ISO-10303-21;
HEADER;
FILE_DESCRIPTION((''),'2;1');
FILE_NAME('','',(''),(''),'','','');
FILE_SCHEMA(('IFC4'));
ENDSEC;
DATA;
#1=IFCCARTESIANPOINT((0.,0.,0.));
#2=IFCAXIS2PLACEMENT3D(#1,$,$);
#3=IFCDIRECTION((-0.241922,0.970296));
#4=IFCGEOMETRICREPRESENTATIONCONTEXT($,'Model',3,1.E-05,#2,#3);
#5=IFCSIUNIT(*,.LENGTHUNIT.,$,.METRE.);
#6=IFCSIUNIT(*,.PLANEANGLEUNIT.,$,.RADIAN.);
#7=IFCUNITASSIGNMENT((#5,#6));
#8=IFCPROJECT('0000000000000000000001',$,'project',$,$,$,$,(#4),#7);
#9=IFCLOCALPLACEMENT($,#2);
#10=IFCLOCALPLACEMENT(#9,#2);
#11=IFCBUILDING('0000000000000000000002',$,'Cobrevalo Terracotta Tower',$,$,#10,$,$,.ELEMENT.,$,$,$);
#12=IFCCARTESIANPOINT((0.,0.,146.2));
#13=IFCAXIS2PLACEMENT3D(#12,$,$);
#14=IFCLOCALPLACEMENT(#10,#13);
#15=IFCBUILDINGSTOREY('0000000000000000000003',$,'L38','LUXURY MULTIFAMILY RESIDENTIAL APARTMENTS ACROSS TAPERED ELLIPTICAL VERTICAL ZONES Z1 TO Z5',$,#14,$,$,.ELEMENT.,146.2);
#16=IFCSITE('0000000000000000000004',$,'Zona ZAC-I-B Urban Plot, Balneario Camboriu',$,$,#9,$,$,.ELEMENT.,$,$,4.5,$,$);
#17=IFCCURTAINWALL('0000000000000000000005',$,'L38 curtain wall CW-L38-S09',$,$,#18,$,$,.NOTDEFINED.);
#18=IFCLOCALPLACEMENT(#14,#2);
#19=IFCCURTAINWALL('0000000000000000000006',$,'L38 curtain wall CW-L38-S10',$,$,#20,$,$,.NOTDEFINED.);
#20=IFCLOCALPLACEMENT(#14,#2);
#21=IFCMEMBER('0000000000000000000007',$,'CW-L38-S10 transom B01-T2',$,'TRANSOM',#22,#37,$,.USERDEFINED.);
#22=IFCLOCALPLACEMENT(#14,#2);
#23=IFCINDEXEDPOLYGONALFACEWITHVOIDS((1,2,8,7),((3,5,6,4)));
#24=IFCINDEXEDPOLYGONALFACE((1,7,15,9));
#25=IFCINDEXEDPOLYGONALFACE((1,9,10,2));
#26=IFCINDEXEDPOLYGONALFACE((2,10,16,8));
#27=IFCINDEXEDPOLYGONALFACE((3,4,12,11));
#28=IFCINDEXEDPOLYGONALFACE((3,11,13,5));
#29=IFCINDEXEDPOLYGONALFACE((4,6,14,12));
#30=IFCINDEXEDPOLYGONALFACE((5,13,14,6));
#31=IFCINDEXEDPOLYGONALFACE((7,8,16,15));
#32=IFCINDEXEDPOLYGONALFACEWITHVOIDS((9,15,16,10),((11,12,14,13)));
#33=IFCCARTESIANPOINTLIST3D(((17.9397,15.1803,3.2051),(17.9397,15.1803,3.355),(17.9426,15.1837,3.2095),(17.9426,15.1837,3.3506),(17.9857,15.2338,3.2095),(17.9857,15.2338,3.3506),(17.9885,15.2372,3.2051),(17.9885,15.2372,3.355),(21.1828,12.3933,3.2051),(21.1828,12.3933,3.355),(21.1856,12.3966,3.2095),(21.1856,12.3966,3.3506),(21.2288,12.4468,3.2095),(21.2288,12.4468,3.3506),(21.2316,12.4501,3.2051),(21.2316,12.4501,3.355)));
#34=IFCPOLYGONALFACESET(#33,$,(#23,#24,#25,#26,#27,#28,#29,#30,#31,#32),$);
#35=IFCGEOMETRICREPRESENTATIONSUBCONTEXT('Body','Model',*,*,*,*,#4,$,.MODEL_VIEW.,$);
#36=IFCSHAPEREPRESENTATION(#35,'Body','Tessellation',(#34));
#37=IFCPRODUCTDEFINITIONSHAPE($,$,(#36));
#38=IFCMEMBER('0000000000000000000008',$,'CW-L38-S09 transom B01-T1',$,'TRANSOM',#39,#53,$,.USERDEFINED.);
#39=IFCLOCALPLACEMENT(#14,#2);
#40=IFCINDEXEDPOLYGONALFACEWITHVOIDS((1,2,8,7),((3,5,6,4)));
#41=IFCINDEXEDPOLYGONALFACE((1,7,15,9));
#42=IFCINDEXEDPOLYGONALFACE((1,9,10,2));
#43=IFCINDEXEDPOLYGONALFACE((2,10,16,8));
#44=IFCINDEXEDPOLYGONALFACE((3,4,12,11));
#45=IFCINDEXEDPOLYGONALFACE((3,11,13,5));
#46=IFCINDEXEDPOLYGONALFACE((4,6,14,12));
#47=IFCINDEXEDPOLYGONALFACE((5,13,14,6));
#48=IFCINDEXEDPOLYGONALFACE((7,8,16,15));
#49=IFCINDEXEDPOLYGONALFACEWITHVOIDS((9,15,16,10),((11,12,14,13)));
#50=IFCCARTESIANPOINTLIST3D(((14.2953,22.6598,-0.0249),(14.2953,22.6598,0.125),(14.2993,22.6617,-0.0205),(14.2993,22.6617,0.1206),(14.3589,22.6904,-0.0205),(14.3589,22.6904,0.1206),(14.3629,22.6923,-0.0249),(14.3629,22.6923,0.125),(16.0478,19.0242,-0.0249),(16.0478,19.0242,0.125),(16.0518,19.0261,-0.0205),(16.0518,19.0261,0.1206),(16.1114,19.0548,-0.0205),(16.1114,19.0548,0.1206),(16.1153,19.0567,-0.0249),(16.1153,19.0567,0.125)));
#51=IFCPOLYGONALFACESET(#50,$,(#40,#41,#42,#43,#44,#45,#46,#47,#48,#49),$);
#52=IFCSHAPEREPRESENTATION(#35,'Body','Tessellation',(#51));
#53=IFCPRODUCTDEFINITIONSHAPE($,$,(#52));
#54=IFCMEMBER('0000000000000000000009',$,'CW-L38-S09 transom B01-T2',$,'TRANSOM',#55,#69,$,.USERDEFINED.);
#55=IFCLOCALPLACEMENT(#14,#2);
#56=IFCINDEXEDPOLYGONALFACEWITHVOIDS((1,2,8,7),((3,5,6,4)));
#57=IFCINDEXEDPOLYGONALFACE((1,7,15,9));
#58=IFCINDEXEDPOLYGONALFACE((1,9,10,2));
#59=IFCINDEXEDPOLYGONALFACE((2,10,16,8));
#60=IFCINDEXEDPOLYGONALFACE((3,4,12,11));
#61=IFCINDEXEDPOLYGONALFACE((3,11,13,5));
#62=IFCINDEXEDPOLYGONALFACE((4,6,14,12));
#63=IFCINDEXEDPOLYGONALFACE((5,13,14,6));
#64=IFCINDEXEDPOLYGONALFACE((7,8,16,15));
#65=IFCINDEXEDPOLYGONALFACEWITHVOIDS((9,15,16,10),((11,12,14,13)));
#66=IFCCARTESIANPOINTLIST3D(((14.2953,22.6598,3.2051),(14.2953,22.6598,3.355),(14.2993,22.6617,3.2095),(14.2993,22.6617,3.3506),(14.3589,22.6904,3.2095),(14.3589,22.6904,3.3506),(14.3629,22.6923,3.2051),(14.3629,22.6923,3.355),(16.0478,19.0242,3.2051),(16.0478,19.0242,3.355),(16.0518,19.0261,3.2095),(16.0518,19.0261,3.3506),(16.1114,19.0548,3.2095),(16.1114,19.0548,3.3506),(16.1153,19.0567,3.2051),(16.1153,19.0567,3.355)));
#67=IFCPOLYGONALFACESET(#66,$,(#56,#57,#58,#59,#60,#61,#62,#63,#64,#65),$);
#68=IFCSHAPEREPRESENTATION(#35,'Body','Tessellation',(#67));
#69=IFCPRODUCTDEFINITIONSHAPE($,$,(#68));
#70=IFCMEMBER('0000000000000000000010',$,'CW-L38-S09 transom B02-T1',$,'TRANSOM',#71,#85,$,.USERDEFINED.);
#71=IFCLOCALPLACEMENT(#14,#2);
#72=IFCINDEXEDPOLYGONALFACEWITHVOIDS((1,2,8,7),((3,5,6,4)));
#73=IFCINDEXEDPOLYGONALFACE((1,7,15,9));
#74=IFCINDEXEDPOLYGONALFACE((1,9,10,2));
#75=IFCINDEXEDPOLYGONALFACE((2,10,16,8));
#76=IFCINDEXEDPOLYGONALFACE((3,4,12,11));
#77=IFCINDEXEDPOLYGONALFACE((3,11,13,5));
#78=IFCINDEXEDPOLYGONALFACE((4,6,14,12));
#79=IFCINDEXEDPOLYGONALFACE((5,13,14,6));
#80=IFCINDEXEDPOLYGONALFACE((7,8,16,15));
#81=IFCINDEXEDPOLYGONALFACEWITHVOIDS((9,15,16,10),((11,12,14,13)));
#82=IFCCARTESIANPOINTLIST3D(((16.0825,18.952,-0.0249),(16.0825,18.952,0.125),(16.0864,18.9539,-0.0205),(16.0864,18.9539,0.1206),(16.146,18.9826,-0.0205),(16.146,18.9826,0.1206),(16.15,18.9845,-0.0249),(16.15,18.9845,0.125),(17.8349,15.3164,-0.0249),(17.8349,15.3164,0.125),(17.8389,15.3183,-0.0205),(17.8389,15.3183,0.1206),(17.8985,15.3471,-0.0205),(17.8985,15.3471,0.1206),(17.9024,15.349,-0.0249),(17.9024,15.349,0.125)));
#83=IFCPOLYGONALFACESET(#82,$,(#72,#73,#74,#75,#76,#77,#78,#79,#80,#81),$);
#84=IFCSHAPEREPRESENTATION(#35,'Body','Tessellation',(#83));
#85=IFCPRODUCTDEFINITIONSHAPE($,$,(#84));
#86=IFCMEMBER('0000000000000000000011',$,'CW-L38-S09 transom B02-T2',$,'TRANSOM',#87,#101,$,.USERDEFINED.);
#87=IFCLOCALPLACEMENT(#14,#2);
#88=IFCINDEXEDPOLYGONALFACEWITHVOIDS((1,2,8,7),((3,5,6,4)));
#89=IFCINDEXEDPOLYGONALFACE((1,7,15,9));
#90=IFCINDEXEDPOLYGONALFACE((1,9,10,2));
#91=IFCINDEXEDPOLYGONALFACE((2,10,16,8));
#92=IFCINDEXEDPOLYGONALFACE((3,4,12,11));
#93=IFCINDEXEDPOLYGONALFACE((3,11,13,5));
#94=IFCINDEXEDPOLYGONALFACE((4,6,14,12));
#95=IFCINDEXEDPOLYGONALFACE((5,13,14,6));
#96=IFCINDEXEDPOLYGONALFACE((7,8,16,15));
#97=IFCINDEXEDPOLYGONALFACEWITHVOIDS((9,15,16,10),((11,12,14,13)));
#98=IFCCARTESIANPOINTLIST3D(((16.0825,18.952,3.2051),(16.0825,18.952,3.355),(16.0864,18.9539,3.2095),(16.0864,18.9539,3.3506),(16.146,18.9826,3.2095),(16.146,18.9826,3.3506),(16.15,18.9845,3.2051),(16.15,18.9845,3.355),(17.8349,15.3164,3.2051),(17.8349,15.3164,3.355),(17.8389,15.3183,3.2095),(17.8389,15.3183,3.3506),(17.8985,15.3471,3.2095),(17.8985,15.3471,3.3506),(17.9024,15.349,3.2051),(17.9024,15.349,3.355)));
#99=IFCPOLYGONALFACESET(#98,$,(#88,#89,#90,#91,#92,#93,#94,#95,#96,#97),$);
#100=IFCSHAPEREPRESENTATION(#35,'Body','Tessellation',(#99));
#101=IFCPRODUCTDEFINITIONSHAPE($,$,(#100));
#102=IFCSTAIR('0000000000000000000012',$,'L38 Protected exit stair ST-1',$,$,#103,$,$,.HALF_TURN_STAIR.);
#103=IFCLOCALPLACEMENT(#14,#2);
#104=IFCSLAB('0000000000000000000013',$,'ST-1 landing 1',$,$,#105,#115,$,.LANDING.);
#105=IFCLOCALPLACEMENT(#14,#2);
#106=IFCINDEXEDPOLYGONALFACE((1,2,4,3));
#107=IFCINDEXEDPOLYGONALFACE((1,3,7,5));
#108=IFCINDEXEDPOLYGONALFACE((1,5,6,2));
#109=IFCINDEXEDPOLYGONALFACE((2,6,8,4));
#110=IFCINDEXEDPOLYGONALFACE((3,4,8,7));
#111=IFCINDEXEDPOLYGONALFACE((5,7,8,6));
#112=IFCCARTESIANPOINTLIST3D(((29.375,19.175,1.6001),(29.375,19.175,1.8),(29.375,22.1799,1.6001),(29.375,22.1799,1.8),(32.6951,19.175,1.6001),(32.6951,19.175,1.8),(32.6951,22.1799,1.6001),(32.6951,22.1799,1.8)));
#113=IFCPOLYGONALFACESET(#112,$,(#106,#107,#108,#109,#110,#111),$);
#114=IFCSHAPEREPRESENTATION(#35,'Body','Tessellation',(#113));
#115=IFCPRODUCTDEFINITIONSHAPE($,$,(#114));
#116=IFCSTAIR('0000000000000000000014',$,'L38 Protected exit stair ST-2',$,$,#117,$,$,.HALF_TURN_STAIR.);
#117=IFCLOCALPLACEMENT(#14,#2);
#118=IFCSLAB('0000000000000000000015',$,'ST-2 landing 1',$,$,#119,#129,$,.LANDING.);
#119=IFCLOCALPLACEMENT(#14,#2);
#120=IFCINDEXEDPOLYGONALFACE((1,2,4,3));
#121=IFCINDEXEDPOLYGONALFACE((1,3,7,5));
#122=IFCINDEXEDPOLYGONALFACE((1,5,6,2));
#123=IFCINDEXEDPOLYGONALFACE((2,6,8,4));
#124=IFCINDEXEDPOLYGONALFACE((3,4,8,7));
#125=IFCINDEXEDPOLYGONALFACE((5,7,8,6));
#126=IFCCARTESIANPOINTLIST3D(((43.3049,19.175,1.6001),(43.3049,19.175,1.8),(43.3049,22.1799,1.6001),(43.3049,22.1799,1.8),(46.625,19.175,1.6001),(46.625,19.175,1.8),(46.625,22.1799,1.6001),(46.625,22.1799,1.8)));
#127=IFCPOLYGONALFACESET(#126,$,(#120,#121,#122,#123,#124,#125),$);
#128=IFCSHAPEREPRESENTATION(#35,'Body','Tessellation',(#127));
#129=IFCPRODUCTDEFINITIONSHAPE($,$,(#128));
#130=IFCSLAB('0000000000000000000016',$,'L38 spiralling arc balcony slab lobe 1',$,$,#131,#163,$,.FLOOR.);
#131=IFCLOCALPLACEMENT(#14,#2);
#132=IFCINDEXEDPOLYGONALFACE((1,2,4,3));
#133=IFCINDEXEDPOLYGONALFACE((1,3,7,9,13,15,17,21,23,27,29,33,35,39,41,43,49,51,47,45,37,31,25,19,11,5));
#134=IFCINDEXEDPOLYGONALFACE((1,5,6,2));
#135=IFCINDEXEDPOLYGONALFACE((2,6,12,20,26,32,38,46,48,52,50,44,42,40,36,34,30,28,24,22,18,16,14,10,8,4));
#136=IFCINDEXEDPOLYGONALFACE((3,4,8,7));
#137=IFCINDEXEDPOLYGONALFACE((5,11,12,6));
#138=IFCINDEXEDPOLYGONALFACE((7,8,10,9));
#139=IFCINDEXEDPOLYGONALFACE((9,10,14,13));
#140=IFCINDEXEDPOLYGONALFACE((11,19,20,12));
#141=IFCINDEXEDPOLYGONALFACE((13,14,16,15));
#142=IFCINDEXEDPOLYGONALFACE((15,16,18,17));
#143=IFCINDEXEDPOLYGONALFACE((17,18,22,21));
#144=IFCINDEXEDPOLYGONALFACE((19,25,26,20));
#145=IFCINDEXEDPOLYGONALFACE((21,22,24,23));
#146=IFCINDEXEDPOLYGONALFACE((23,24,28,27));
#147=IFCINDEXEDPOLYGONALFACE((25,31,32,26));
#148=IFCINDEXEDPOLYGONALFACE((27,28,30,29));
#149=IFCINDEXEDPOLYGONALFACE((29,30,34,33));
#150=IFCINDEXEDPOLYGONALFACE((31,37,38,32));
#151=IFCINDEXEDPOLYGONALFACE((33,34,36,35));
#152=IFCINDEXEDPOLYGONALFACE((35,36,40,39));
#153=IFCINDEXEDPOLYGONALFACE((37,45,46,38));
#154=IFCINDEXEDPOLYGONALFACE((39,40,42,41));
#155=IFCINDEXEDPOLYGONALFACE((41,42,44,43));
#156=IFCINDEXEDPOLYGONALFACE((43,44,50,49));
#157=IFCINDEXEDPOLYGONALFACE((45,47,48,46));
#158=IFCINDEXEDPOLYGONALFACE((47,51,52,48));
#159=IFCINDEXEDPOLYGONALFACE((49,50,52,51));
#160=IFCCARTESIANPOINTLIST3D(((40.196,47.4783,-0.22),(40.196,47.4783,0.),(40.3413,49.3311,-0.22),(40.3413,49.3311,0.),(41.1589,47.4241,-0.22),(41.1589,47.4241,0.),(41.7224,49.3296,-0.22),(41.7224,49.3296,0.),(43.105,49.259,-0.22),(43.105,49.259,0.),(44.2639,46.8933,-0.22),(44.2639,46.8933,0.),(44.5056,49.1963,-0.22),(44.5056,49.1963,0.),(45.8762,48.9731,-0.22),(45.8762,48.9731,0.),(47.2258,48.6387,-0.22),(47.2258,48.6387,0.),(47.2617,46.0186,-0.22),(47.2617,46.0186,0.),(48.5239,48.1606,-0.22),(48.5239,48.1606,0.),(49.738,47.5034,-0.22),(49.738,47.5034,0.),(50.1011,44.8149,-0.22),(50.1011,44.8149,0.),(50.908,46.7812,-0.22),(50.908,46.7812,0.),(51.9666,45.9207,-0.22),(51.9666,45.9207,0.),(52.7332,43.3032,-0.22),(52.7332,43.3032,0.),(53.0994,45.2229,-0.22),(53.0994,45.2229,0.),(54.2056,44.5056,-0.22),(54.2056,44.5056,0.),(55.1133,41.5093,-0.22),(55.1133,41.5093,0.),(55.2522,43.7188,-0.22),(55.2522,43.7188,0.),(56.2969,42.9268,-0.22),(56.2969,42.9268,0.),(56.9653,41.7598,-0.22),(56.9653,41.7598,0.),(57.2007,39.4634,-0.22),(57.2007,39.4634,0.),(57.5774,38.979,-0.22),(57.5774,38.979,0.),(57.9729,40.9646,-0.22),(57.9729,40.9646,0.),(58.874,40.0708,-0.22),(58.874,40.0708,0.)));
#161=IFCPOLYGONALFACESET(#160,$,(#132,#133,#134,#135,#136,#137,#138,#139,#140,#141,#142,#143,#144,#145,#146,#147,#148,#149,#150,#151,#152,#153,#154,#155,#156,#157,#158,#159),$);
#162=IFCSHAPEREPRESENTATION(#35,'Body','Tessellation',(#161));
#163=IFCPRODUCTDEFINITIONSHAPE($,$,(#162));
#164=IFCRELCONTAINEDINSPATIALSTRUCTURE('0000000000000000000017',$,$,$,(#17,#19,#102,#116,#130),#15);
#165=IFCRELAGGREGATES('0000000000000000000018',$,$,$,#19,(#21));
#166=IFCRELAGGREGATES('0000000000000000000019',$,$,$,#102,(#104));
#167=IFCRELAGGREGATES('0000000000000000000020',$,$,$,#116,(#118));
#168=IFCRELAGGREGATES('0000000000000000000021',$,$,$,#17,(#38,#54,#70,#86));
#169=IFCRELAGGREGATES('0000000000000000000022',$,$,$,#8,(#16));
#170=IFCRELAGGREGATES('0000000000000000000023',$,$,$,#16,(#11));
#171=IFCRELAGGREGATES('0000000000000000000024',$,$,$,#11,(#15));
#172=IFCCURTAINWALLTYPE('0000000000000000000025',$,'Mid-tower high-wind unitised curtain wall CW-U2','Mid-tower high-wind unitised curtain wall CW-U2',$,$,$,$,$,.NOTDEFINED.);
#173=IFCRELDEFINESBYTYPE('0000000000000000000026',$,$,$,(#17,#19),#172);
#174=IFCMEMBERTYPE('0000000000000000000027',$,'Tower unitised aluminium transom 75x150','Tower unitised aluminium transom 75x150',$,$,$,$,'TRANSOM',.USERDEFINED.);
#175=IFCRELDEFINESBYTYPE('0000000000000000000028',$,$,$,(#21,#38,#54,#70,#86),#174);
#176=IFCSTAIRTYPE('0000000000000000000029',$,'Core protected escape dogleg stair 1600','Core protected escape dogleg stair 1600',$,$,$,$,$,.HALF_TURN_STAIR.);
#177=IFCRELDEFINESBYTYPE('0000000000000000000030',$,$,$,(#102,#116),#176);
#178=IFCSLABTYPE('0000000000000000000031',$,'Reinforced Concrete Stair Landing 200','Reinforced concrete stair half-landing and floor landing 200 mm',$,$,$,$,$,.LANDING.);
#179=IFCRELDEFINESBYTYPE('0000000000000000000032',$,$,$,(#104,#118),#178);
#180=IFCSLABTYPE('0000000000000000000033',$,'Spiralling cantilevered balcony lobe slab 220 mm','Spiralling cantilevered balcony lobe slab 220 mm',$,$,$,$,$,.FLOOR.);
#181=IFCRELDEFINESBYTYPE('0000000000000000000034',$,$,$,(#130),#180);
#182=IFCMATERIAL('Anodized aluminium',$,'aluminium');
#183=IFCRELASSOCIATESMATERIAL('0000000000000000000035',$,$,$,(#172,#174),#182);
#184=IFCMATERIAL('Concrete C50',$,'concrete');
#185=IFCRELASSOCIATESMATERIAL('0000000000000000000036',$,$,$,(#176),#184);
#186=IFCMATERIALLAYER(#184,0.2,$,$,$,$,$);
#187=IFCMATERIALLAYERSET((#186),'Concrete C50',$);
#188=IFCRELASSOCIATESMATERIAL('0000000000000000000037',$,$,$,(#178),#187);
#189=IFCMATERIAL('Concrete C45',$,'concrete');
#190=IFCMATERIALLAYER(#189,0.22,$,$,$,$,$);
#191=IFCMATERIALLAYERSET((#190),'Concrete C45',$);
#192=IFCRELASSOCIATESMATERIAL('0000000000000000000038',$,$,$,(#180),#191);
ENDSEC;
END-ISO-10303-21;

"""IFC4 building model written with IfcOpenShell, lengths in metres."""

from ifc_helpers import new_model, si_unit, direction, frame, origin, origin_2d, place, context, subcontext, project, spatial, polyline, hollow_rectangle, outline, extrude, source, transform, mapped, material, layer, layer_set, material_profile, profile_set, type_object, element, aggregate, save


model = new_model("IFC4")

# Units and contexts
model_context = context("Model", 3, precision=1e-05, world=origin(), true_north=direction((-0.241922, 0.970296)))
body_context = subcontext(model_context, "Body", "Model", "MODEL_VIEW")
ifc_project = project(units=[si_unit("LENGTHUNIT", "METRE"), si_unit("PLANEANGLEUNIT", "RADIAN")], contexts=[model_context])

# Site, building, storey
site_placement = place(None, origin())
site = spatial("IfcSite", under=ifc_project, at=site_placement, Name="Zona ZAC-I-B Urban Plot, Balneario Camboriu", CompositionType="ELEMENT", RefElevation=4.5)
building_placement = place(site_placement, origin())
building = spatial("IfcBuilding", under=site, at=building_placement, Name="Cobrevalo Terracotta Tower", CompositionType="ELEMENT")
storey_placement = place(building_placement, frame((0.0, 0.0, 146.2)))
storey = spatial("IfcBuildingStorey", under=building, at=storey_placement, Name="L38", Description="LUXURY MULTIFAMILY RESIDENTIAL APARTMENTS ACROSS TAPERED ELLIPTICAL VERTICAL ZONES Z1 TO Z5", CompositionType="ELEMENT", Elevation=146.2)

# Curtain walls, member
ifc_material_1 = material(Name="Anodized aluminium", Category="aluminium")
curtain_wall_type = type_object("IfcCurtainWallType", Name="Mid-tower high-wind unitised curtain wall CW-U2", Description="Mid-tower high-wind unitised curtain wall CW-U2", PredefinedType="NOTDEFINED", material=ifc_material_1)
curtain_wall_1_placement = place(storey_placement, origin())
curtain_wall_1 = element("IfcCurtainWall", 1, at=curtain_wall_1_placement, inside=storey, type_object=curtain_wall_type, Name="L38 curtain wall CW-L38-S09", PredefinedType="NOTDEFINED")
curtain_wall_2_placement = place(storey_placement, origin())
curtain_wall_2 = element("IfcCurtainWall", 2, at=curtain_wall_2_placement, inside=storey, type_object=curtain_wall_type, Name="L38 curtain wall CW-L38-S10", PredefinedType="NOTDEFINED")
ifc_material_profile_1 = material_profile(ifc_material_1, hollow_rectangle(XDim=0.075, YDim=0.1499, WallThickness=0.0044, at=origin_2d()), Name="CWT 75x150")
ifc_profile_set_1 = profile_set([ifc_material_profile_1], Name="Anodized aluminium")
member_type_1 = type_object("IfcMemberType", Name="Tower unitised aluminium transom 75x150", Description="Tower unitised aluminium transom 75x150", ElementType="TRANSOM", PredefinedType="USERDEFINED", material=ifc_profile_set_1)
shared_shape_1 = source(origin(), body_context, "Body", "SweptSolid", [
    extrude(hollow_rectangle(XDim=0.075, YDim=0.1499, WallThickness=0.0044, at=origin_2d()), origin(), (0.0, 0.0, 1.0), 4.2761),
])
member_1_placement = place(storey_placement, frame((17.9641, 15.2087, 3.28), z_axis=(0.758418, -0.651769, 0.0), x_axis=(0.651769, 0.758418, 0.0)))
member_1 = element("IfcMember", 3, at=member_1_placement, type_object=member_type_1, Name="CW-L38-S10 transom B01-T2", ObjectType="TRANSOM", PredefinedType="USERDEFINED", context=body_context, shape_type="MappedRepresentation", body=[
    mapped(shared_shape_1, transform((0.0, 0.0, 0.0), scale=1.0)),
])
aggregate(curtain_wall_2, [member_1])

# Members
shared_shape_2 = source(origin(), body_context, "Body", "SweptSolid", [
    extrude(hollow_rectangle(XDim=0.075, YDim=0.1499, WallThickness=0.0044, at=origin_2d()), origin(), (0.0, 0.0, 1.0), 4.0359),
])
member_2_placement = place(storey_placement, frame((14.3291, 22.676, 0.05), z_axis=(0.434221, -0.900806, 0.0), x_axis=(0.900806, 0.434221, 0.0)))
member_2 = element("IfcMember", 4, at=member_2_placement, type_object=member_type_1, Name="CW-L38-S09 transom B01-T1", ObjectType="TRANSOM", PredefinedType="USERDEFINED", context=body_context, shape_type="MappedRepresentation", body=[
    mapped(shared_shape_2, transform((0.0, 0.0, 0.0), scale=1.0)),
])
member_3_placement = place(storey_placement, frame((14.3291, 22.676, 3.28), z_axis=(0.434221, -0.900806, 0.0), x_axis=(0.900806, 0.434221, 0.0)))
member_3 = element("IfcMember", 5, at=member_3_placement, type_object=member_type_1, Name="CW-L38-S09 transom B01-T2", ObjectType="TRANSOM", PredefinedType="USERDEFINED", context=body_context, shape_type="MappedRepresentation", body=[
    mapped(shared_shape_2, transform((0.0, 0.0, 0.0), scale=1.0)),
])
member_4_placement = place(storey_placement, frame((16.1162, 18.9683, 0.05), z_axis=(0.434221, -0.900806, 0.0), x_axis=(0.900806, 0.434221, 0.0)))
member_4 = element("IfcMember", 6, at=member_4_placement, type_object=member_type_1, Name="CW-L38-S09 transom B02-T1", ObjectType="TRANSOM", PredefinedType="USERDEFINED", context=body_context, shape_type="MappedRepresentation", body=[
    mapped(shared_shape_2, transform((0.0, 0.0, 0.0), scale=1.0)),
])
member_5_placement = place(storey_placement, frame((16.1162, 18.9683, 3.28), z_axis=(0.434221, -0.900806, 0.0), x_axis=(0.900806, 0.434221, 0.0)))
member_5 = element("IfcMember", 7, at=member_5_placement, type_object=member_type_1, Name="CW-L38-S09 transom B02-T2", ObjectType="TRANSOM", PredefinedType="USERDEFINED", context=body_context, shape_type="MappedRepresentation", body=[
    mapped(shared_shape_2, transform((0.0, 0.0, 0.0), scale=1.0)),
])

# Stairs, slabs
ifc_material_2 = material(Name="Concrete C50", Category="concrete")
stair_type = type_object("IfcStairType", Name="Core protected escape dogleg stair 1600", Description="Core protected escape dogleg stair 1600", PredefinedType="HALF_TURN_STAIR", material=ifc_material_2)
stair_1_placement = place(storey_placement, origin())
stair_1 = element("IfcStair", 8, at=stair_1_placement, inside=storey, type_object=stair_type, Name="L38 Protected exit stair ST-1", PredefinedType="HALF_TURN_STAIR")
ifc_layer_1 = layer(ifc_material_2, 0.2)
ifc_layer_set_1 = layer_set([ifc_layer_1], Name="Concrete C50")
slab_type_1 = type_object("IfcSlabType", Name="Reinforced Concrete Stair Landing 200", Description="Reinforced concrete stair half-landing and floor landing 200 mm", PredefinedType="LANDING", material=ifc_layer_set_1)
slab_1_placement = place(storey_placement, frame((0.0, 0.0, 1.6001)))
slab_1 = element("IfcSlab", 9, at=slab_1_placement, type_object=slab_type_1, Name="ST-1 landing 1", PredefinedType="LANDING", context=body_context, shape_type="SweptSolid", body=[
    extrude(outline(polyline([(29.375, 22.1799), (29.375, 19.175), (32.6951, 19.175), (32.6951, 22.1799), (29.375, 22.1799)])), origin(), (0.0, 0.0, 1.0), 0.2),
])
aggregate(stair_1, [slab_1])
stair_2_placement = place(storey_placement, origin())
stair_2 = element("IfcStair", 10, at=stair_2_placement, inside=storey, type_object=stair_type, Name="L38 Protected exit stair ST-2", PredefinedType="HALF_TURN_STAIR")
slab_2_placement = place(storey_placement, frame((0.0, 0.0, 1.6001)))
slab_2 = element("IfcSlab", 11, at=slab_2_placement, type_object=slab_type_1, Name="ST-2 landing 1", PredefinedType="LANDING", context=body_context, shape_type="SweptSolid", body=[
    extrude(outline(polyline([(43.3049, 22.1799), (43.3049, 19.175), (46.625, 19.175), (46.625, 22.1799), (43.3049, 22.1799)])), origin(), (0.0, 0.0, 1.0), 0.2),
])
aggregate(stair_2, [slab_2])

# Slab
ifc_material_3 = material(Name="Concrete C45", Category="concrete")
ifc_layer_2 = layer(ifc_material_3, 0.22)
ifc_layer_set_2 = layer_set([ifc_layer_2], Name="Concrete C45")
slab_type_2 = type_object("IfcSlabType", Name="Spiralling cantilevered balcony lobe slab 220 mm", Description="Spiralling cantilevered balcony lobe slab 220 mm", PredefinedType="FLOOR", material=ifc_layer_set_2)
slab_3_placement = place(storey_placement, frame((0.0, 0.0, -0.22)))
element("IfcSlab", 12, at=slab_3_placement, inside=storey, type_object=slab_type_2, Name="L38 spiralling arc balcony slab lobe 1", PredefinedType="FLOOR", context=body_context, shape_type="SweptSolid", body=[
    extrude(outline(polyline([(58.874, 40.0708), (57.9729, 40.9646), (56.9653, 41.7598), (56.2969, 42.9268), (55.2522, 43.7188), (54.2056, 44.5056), (53.0994, 45.2229), (51.9666, 45.9207), (50.908, 46.7812), (49.738, 47.5034), (48.5239, 48.1606), (47.2258, 48.6387), (45.8762, 48.9731), (44.5056, 49.1963), (43.105, 49.259), (41.7224, 49.3296), (40.3413, 49.3311), (40.196, 47.4783), (41.1589, 47.4241), (44.2639, 46.8933), (47.2617, 46.0186), (50.1011, 44.8149), (52.7332, 43.3032), (55.1133, 41.5093), (57.2007, 39.4634), (57.5774, 38.979), (58.874, 40.0708)])), origin(), (0.0, 0.0, 1.0), 0.22),
])

aggregate(curtain_wall_1, [member_2, member_3, member_4, member_5])

save(model, "model.ifc")
